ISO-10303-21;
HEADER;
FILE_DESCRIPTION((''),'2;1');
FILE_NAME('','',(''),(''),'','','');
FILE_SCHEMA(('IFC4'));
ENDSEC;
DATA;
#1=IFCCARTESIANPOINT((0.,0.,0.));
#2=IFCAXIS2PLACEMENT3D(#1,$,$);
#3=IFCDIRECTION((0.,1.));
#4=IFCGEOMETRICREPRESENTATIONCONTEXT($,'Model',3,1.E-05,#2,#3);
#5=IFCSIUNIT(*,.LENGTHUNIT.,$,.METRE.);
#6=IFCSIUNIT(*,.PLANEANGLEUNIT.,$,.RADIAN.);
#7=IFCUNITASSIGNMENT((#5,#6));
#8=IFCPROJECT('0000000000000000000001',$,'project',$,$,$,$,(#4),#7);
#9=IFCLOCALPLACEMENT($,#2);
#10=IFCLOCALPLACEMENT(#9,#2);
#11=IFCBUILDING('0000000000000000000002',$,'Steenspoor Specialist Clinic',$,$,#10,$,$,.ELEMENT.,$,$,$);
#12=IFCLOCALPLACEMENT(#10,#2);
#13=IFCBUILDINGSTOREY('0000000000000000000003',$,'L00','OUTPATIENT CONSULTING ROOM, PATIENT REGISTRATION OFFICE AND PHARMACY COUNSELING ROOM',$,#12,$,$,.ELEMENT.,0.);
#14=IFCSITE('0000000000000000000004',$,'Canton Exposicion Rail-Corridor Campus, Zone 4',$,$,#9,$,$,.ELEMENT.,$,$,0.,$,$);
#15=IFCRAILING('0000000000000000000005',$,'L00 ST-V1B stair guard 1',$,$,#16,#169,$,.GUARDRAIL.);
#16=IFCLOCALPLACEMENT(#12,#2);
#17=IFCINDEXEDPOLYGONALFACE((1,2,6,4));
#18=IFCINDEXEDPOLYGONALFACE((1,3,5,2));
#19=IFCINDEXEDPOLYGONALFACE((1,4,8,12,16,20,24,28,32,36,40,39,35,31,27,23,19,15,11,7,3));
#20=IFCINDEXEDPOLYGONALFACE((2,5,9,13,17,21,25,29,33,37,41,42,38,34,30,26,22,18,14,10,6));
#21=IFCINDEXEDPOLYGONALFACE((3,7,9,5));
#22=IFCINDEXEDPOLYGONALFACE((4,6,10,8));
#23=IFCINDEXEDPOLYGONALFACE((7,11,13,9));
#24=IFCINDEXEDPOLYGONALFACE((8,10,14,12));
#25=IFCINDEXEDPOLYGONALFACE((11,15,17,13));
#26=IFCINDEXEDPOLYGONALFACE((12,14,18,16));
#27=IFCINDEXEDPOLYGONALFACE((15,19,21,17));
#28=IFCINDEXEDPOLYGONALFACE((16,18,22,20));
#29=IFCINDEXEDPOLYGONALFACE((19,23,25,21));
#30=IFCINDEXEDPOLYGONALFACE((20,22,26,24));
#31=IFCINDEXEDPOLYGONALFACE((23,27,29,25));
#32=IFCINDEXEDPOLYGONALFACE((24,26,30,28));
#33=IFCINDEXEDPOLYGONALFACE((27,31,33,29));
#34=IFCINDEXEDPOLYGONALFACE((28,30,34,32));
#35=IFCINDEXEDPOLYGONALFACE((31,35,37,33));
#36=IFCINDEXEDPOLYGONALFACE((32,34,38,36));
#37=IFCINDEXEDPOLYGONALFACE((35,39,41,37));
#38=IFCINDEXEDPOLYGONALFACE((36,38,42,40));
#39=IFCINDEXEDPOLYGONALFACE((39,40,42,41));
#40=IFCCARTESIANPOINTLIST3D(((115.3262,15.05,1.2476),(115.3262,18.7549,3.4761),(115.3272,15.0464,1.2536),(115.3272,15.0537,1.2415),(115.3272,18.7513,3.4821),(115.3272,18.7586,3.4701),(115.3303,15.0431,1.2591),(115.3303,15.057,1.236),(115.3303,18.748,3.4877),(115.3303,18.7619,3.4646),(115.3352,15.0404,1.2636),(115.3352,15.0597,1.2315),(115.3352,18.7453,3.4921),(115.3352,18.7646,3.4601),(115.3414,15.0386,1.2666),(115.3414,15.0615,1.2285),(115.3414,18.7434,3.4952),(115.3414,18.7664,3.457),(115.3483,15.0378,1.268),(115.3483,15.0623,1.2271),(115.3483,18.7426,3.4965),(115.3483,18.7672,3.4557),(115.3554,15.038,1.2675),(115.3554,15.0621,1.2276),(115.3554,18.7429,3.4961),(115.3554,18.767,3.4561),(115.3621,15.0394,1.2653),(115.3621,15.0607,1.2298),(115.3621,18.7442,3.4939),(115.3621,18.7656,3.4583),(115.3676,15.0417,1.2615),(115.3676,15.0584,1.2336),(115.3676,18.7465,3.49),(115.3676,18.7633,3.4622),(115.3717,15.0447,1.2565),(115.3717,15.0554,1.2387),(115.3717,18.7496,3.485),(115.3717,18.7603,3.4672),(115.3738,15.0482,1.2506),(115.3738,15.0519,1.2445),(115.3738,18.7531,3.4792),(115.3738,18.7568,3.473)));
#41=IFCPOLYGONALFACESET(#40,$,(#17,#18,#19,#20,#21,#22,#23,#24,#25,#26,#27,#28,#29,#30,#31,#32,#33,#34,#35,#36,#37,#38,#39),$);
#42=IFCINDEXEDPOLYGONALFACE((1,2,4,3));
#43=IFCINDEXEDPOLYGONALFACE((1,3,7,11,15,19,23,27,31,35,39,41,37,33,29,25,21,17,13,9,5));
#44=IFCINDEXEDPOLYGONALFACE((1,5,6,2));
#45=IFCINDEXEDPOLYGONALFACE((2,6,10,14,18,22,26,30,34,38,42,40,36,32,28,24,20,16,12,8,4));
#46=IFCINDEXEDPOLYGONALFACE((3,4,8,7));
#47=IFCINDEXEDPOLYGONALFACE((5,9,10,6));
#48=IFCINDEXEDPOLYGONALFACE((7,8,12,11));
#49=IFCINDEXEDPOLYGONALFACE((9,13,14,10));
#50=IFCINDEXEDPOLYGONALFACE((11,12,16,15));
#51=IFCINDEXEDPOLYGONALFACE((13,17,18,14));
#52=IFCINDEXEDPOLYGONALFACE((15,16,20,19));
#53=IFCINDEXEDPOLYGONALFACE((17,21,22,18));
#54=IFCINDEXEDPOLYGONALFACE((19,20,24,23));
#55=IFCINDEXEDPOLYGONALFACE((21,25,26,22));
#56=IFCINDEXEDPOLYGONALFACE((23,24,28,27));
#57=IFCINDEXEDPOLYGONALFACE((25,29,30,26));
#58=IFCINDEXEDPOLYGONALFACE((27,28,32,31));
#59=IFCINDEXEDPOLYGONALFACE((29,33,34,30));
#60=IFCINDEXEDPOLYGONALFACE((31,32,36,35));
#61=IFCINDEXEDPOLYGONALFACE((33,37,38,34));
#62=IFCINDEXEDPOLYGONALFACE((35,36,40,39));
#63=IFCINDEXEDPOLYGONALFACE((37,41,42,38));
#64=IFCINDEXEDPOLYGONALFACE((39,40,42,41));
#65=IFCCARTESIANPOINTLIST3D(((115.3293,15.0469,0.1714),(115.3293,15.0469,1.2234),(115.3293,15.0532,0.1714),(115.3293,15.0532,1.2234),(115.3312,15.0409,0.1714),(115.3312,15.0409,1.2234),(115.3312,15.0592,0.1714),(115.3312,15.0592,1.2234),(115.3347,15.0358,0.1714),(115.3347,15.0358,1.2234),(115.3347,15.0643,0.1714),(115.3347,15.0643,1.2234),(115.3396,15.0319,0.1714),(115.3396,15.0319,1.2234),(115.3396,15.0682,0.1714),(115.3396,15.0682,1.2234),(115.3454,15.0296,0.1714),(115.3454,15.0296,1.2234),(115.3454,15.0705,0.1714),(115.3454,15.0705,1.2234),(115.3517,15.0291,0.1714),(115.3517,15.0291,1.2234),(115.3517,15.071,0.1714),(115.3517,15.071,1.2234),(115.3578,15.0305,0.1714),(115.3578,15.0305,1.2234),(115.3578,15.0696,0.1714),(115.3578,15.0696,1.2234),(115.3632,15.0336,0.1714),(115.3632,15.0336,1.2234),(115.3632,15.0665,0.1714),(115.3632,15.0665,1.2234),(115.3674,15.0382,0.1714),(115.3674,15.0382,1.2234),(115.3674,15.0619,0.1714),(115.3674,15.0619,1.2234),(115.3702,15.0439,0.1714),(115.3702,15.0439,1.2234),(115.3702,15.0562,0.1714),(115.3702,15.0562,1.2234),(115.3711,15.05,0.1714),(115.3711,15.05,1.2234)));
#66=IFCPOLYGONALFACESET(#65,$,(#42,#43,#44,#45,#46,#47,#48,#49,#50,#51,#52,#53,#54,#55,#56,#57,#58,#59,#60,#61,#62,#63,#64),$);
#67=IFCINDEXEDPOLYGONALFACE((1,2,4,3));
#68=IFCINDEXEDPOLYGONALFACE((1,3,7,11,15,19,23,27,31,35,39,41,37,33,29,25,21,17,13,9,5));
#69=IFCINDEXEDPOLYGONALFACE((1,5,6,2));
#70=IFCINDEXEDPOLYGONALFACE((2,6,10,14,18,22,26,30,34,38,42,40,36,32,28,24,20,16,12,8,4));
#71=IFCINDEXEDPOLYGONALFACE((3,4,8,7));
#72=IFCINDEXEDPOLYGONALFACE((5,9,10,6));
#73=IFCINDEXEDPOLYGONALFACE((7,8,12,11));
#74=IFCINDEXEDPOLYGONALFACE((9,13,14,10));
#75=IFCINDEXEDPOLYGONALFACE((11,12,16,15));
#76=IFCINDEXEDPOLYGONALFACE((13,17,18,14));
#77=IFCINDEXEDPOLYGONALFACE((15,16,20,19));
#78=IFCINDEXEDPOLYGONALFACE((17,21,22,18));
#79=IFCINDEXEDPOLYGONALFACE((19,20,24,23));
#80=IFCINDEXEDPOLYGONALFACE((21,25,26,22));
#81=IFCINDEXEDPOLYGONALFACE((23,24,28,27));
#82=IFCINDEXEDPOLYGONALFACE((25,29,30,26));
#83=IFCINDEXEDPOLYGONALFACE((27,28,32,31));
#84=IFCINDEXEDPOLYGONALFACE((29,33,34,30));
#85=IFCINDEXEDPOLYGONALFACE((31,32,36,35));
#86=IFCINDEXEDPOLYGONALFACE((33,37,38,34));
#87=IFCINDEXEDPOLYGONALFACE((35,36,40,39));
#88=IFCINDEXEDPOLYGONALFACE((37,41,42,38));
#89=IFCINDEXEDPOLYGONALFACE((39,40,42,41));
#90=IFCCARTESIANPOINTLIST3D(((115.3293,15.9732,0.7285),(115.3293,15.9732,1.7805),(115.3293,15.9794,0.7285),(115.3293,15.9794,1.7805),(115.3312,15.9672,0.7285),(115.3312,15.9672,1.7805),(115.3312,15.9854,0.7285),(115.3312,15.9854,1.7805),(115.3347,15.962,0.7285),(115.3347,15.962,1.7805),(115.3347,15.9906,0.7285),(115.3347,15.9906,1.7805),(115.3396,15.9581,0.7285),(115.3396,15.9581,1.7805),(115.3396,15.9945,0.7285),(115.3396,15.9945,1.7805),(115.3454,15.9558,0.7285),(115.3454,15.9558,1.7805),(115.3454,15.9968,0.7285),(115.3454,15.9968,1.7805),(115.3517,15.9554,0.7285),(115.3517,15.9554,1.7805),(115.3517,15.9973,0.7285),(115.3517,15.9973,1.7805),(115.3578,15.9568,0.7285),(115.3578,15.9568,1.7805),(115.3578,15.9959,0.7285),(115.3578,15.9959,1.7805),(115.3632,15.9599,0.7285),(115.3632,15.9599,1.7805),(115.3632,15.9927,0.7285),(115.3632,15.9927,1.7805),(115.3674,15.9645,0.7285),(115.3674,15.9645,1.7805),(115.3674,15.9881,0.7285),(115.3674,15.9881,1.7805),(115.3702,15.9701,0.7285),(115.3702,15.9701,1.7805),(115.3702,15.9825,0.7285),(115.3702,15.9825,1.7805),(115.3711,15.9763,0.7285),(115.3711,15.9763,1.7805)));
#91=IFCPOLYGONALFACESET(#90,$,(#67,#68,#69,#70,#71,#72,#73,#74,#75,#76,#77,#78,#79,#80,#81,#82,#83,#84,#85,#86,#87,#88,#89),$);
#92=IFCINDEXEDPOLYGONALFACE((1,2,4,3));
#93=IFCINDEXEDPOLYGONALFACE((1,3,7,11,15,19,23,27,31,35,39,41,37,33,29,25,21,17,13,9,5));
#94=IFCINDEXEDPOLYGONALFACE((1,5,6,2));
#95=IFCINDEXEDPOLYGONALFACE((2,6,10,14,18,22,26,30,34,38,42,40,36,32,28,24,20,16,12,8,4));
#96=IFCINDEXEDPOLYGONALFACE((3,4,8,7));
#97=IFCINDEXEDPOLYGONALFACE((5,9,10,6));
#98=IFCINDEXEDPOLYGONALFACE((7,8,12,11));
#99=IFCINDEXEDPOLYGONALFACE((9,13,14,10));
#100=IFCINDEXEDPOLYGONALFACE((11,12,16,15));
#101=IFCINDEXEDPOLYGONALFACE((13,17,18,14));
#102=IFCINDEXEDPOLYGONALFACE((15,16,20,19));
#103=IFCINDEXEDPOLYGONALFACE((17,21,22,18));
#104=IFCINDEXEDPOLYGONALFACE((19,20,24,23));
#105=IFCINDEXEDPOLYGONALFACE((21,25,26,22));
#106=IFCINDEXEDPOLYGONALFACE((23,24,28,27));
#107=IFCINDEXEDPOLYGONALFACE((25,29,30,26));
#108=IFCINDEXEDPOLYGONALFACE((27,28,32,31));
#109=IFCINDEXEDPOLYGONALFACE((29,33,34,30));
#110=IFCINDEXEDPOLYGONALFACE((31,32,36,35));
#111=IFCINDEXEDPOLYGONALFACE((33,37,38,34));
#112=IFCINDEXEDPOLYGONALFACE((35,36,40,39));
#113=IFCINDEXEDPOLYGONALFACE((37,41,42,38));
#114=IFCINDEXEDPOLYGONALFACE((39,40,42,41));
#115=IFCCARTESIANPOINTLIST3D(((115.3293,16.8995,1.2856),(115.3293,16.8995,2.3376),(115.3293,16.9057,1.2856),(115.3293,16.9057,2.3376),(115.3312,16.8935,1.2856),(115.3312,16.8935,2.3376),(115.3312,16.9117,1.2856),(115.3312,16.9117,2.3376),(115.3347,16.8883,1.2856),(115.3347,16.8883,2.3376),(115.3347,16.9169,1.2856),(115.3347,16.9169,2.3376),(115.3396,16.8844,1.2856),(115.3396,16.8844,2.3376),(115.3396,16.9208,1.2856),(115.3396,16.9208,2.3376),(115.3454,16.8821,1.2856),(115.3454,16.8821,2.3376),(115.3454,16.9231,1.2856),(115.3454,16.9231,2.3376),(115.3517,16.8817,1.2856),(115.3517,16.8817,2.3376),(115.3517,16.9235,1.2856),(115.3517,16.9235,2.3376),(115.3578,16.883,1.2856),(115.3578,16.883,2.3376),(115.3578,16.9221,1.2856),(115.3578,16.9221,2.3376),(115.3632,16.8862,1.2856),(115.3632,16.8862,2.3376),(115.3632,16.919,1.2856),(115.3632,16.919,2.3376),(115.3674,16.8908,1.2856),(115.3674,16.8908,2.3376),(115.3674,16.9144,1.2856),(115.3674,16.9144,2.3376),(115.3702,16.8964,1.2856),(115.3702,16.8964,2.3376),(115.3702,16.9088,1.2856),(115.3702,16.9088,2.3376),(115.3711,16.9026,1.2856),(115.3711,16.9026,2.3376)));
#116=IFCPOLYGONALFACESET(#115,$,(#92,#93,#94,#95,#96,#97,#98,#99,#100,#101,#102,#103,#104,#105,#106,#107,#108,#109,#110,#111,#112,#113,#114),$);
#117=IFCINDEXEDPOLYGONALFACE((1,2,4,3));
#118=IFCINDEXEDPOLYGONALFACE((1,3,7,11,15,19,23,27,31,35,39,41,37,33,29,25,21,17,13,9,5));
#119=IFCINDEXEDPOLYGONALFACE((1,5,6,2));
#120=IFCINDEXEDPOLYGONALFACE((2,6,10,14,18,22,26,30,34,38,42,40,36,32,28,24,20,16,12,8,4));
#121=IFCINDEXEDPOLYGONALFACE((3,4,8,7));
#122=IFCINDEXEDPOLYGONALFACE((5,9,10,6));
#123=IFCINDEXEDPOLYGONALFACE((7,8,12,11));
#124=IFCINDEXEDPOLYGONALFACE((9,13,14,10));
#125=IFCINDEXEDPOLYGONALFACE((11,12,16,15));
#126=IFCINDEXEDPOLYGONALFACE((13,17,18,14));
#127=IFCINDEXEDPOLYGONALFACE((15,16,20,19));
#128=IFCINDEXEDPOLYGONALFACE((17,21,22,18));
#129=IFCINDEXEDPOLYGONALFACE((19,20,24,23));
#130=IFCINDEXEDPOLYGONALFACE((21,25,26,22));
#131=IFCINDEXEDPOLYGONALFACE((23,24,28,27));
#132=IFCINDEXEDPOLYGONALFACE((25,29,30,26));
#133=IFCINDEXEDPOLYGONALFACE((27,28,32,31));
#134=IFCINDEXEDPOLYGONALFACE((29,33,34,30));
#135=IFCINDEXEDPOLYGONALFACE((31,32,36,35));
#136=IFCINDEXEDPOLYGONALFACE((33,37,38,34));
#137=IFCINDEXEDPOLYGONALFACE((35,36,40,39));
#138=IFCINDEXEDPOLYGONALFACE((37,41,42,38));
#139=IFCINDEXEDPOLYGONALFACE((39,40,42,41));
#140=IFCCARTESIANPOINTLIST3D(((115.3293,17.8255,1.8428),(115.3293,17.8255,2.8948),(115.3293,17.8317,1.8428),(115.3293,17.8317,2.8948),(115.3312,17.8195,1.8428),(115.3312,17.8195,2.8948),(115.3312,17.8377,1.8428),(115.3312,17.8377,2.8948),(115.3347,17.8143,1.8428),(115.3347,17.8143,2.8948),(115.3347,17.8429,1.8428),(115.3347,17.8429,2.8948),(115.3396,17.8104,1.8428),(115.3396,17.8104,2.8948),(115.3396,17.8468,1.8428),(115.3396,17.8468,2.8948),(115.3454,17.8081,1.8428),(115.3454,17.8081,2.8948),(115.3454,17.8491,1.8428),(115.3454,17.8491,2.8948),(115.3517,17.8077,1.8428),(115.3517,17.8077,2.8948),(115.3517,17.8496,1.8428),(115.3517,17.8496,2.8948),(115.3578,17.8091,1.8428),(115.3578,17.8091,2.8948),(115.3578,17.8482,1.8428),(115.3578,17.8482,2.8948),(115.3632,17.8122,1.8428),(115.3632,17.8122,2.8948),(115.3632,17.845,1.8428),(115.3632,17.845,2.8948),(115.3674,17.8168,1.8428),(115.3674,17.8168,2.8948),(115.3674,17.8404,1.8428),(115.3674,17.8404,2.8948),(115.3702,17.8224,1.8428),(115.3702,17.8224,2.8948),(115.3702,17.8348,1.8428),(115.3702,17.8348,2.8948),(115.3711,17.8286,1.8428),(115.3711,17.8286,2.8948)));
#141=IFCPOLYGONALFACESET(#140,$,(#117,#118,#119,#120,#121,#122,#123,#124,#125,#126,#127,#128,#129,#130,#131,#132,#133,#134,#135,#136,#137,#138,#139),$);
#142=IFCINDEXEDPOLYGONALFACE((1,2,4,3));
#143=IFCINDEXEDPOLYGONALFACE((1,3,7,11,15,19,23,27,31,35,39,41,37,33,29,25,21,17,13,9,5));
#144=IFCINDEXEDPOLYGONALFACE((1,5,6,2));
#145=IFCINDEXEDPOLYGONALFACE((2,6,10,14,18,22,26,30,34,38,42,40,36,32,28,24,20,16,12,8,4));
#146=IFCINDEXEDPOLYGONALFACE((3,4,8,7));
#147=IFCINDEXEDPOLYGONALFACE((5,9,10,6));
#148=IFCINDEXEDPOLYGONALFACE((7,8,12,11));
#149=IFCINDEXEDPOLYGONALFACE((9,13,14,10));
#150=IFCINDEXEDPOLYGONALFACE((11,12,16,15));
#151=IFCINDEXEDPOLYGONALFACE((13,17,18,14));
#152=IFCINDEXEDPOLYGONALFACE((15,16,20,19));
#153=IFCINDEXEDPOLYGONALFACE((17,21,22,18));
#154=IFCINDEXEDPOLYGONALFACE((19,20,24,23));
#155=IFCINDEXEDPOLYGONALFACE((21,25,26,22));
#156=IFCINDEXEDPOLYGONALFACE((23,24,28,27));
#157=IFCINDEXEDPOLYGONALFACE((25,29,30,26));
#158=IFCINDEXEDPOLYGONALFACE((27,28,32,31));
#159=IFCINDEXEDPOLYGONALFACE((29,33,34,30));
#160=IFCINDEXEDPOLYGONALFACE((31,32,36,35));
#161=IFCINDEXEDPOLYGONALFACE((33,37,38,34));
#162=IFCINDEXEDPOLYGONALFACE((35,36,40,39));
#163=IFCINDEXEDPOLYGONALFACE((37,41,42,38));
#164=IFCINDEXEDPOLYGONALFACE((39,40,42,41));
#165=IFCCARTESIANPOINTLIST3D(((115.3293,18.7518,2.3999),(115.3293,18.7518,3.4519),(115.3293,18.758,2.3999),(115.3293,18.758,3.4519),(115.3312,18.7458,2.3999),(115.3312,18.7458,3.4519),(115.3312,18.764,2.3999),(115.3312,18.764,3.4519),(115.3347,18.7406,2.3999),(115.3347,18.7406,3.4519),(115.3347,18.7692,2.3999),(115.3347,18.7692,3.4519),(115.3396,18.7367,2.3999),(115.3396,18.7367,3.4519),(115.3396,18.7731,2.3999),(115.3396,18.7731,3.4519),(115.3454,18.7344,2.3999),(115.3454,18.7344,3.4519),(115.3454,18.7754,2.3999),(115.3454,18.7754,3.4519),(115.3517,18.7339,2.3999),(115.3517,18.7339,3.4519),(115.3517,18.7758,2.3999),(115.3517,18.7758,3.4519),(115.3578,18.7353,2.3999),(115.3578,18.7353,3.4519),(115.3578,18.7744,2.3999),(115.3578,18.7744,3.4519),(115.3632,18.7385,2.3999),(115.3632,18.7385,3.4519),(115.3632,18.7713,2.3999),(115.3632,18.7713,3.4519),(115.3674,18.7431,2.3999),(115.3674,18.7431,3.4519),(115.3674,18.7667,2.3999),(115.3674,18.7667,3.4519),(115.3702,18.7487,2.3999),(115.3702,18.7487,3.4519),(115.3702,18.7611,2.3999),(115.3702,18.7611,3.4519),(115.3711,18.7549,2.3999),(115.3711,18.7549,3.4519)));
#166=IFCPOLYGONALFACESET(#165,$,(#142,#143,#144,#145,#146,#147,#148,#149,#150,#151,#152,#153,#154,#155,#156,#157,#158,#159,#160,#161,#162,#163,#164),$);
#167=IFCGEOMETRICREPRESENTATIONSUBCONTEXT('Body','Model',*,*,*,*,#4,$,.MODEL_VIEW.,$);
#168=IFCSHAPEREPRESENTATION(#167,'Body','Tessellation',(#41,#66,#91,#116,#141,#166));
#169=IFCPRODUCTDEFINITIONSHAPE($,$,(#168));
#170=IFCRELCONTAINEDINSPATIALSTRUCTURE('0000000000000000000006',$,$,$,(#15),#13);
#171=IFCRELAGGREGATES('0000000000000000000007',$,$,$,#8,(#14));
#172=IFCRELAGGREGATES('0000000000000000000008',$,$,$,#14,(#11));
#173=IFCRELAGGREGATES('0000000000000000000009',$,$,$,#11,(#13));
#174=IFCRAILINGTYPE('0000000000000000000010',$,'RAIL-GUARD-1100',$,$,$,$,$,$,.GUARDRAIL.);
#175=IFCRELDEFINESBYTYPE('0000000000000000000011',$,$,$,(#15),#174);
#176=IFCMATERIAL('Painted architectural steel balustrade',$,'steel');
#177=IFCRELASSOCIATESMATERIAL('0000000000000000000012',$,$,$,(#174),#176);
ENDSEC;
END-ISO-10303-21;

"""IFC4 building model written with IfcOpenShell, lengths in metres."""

from ifc_helpers import new_model, si_unit, direction, frame, origin, origin_2d, place, context, subcontext, project, spatial, circle, extrude, material, type_object, element, save


model = new_model("IFC4")

# Units and contexts
model_context = context("Model", 3, precision=1e-05, world=origin(), true_north=direction((0.0, 1.0)))
body_context = subcontext(model_context, "Body", "Model", "MODEL_VIEW")
ifc_project = project(units=[si_unit("LENGTHUNIT", "METRE"), si_unit("PLANEANGLEUNIT", "RADIAN")], contexts=[model_context])

# Site, building, storey
site_placement = place(None, origin())
site = spatial("IfcSite", under=ifc_project, at=site_placement, Name="Canton Exposicion Rail-Corridor Campus, Zone 4", CompositionType="ELEMENT", RefElevation=0.0)
building_placement = place(site_placement, origin())
building = spatial("IfcBuilding", under=site, at=building_placement, Name="Steenspoor Specialist Clinic", CompositionType="ELEMENT")
storey_placement = place(building_placement, origin())
storey = spatial("IfcBuildingStorey", under=building, at=storey_placement, Name="L00", Description="OUTPATIENT CONSULTING ROOM, PATIENT REGISTRATION OFFICE AND PHARMACY COUNSELING ROOM", CompositionType="ELEMENT", Elevation=0.0)

# Railing
ifc_material_1 = material(Name="Painted architectural steel balustrade", Category="steel")
railing_type_1 = type_object("IfcRailingType", Name="RAIL-GUARD-1100", PredefinedType="GUARDRAIL", material=ifc_material_1)
railing_1_placement = place(storey_placement, frame((115.3501, 15.05, 0.1714)))
element("IfcRailing", 1, at=railing_1_placement, inside=storey, type_object=railing_type_1, Name="L00 ST-V1B stair guard 1", PredefinedType="GUARDRAIL", context=body_context, shape_type="SweptSolid", body=[
    extrude(circle(Radius=0.0239, at=origin_2d()), frame((0.0, 0.0, 1.0762), z_axis=(0.0, 0.856919, 0.51545), x_axis=(-1.0, 0.0, 0.0)), (0.0, 0.0, 1.0), 4.3235),
    extrude(circle(Radius=0.021, at=origin_2d()), origin(), (0.0, 0.0, 1.0), 1.052),
    extrude(circle(Radius=0.021, at=origin_2d()), frame((0.0, 0.9263, 0.5571)), (0.0, 0.0, 1.0), 1.052),
    extrude(circle(Radius=0.021, at=origin_2d()), frame((0.0, 1.8525, 1.1143)), (0.0, 0.0, 1.0), 1.052),
    extrude(circle(Radius=0.021, at=origin_2d()), frame((0.0, 2.7786, 1.6714)), (0.0, 0.0, 1.0), 1.052),
    extrude(circle(Radius=0.021, at=origin_2d()), frame((0.0, 3.7048, 2.2285)), (0.0, 0.0, 1.0), 1.052),
])

save(model, "model.ifc")
